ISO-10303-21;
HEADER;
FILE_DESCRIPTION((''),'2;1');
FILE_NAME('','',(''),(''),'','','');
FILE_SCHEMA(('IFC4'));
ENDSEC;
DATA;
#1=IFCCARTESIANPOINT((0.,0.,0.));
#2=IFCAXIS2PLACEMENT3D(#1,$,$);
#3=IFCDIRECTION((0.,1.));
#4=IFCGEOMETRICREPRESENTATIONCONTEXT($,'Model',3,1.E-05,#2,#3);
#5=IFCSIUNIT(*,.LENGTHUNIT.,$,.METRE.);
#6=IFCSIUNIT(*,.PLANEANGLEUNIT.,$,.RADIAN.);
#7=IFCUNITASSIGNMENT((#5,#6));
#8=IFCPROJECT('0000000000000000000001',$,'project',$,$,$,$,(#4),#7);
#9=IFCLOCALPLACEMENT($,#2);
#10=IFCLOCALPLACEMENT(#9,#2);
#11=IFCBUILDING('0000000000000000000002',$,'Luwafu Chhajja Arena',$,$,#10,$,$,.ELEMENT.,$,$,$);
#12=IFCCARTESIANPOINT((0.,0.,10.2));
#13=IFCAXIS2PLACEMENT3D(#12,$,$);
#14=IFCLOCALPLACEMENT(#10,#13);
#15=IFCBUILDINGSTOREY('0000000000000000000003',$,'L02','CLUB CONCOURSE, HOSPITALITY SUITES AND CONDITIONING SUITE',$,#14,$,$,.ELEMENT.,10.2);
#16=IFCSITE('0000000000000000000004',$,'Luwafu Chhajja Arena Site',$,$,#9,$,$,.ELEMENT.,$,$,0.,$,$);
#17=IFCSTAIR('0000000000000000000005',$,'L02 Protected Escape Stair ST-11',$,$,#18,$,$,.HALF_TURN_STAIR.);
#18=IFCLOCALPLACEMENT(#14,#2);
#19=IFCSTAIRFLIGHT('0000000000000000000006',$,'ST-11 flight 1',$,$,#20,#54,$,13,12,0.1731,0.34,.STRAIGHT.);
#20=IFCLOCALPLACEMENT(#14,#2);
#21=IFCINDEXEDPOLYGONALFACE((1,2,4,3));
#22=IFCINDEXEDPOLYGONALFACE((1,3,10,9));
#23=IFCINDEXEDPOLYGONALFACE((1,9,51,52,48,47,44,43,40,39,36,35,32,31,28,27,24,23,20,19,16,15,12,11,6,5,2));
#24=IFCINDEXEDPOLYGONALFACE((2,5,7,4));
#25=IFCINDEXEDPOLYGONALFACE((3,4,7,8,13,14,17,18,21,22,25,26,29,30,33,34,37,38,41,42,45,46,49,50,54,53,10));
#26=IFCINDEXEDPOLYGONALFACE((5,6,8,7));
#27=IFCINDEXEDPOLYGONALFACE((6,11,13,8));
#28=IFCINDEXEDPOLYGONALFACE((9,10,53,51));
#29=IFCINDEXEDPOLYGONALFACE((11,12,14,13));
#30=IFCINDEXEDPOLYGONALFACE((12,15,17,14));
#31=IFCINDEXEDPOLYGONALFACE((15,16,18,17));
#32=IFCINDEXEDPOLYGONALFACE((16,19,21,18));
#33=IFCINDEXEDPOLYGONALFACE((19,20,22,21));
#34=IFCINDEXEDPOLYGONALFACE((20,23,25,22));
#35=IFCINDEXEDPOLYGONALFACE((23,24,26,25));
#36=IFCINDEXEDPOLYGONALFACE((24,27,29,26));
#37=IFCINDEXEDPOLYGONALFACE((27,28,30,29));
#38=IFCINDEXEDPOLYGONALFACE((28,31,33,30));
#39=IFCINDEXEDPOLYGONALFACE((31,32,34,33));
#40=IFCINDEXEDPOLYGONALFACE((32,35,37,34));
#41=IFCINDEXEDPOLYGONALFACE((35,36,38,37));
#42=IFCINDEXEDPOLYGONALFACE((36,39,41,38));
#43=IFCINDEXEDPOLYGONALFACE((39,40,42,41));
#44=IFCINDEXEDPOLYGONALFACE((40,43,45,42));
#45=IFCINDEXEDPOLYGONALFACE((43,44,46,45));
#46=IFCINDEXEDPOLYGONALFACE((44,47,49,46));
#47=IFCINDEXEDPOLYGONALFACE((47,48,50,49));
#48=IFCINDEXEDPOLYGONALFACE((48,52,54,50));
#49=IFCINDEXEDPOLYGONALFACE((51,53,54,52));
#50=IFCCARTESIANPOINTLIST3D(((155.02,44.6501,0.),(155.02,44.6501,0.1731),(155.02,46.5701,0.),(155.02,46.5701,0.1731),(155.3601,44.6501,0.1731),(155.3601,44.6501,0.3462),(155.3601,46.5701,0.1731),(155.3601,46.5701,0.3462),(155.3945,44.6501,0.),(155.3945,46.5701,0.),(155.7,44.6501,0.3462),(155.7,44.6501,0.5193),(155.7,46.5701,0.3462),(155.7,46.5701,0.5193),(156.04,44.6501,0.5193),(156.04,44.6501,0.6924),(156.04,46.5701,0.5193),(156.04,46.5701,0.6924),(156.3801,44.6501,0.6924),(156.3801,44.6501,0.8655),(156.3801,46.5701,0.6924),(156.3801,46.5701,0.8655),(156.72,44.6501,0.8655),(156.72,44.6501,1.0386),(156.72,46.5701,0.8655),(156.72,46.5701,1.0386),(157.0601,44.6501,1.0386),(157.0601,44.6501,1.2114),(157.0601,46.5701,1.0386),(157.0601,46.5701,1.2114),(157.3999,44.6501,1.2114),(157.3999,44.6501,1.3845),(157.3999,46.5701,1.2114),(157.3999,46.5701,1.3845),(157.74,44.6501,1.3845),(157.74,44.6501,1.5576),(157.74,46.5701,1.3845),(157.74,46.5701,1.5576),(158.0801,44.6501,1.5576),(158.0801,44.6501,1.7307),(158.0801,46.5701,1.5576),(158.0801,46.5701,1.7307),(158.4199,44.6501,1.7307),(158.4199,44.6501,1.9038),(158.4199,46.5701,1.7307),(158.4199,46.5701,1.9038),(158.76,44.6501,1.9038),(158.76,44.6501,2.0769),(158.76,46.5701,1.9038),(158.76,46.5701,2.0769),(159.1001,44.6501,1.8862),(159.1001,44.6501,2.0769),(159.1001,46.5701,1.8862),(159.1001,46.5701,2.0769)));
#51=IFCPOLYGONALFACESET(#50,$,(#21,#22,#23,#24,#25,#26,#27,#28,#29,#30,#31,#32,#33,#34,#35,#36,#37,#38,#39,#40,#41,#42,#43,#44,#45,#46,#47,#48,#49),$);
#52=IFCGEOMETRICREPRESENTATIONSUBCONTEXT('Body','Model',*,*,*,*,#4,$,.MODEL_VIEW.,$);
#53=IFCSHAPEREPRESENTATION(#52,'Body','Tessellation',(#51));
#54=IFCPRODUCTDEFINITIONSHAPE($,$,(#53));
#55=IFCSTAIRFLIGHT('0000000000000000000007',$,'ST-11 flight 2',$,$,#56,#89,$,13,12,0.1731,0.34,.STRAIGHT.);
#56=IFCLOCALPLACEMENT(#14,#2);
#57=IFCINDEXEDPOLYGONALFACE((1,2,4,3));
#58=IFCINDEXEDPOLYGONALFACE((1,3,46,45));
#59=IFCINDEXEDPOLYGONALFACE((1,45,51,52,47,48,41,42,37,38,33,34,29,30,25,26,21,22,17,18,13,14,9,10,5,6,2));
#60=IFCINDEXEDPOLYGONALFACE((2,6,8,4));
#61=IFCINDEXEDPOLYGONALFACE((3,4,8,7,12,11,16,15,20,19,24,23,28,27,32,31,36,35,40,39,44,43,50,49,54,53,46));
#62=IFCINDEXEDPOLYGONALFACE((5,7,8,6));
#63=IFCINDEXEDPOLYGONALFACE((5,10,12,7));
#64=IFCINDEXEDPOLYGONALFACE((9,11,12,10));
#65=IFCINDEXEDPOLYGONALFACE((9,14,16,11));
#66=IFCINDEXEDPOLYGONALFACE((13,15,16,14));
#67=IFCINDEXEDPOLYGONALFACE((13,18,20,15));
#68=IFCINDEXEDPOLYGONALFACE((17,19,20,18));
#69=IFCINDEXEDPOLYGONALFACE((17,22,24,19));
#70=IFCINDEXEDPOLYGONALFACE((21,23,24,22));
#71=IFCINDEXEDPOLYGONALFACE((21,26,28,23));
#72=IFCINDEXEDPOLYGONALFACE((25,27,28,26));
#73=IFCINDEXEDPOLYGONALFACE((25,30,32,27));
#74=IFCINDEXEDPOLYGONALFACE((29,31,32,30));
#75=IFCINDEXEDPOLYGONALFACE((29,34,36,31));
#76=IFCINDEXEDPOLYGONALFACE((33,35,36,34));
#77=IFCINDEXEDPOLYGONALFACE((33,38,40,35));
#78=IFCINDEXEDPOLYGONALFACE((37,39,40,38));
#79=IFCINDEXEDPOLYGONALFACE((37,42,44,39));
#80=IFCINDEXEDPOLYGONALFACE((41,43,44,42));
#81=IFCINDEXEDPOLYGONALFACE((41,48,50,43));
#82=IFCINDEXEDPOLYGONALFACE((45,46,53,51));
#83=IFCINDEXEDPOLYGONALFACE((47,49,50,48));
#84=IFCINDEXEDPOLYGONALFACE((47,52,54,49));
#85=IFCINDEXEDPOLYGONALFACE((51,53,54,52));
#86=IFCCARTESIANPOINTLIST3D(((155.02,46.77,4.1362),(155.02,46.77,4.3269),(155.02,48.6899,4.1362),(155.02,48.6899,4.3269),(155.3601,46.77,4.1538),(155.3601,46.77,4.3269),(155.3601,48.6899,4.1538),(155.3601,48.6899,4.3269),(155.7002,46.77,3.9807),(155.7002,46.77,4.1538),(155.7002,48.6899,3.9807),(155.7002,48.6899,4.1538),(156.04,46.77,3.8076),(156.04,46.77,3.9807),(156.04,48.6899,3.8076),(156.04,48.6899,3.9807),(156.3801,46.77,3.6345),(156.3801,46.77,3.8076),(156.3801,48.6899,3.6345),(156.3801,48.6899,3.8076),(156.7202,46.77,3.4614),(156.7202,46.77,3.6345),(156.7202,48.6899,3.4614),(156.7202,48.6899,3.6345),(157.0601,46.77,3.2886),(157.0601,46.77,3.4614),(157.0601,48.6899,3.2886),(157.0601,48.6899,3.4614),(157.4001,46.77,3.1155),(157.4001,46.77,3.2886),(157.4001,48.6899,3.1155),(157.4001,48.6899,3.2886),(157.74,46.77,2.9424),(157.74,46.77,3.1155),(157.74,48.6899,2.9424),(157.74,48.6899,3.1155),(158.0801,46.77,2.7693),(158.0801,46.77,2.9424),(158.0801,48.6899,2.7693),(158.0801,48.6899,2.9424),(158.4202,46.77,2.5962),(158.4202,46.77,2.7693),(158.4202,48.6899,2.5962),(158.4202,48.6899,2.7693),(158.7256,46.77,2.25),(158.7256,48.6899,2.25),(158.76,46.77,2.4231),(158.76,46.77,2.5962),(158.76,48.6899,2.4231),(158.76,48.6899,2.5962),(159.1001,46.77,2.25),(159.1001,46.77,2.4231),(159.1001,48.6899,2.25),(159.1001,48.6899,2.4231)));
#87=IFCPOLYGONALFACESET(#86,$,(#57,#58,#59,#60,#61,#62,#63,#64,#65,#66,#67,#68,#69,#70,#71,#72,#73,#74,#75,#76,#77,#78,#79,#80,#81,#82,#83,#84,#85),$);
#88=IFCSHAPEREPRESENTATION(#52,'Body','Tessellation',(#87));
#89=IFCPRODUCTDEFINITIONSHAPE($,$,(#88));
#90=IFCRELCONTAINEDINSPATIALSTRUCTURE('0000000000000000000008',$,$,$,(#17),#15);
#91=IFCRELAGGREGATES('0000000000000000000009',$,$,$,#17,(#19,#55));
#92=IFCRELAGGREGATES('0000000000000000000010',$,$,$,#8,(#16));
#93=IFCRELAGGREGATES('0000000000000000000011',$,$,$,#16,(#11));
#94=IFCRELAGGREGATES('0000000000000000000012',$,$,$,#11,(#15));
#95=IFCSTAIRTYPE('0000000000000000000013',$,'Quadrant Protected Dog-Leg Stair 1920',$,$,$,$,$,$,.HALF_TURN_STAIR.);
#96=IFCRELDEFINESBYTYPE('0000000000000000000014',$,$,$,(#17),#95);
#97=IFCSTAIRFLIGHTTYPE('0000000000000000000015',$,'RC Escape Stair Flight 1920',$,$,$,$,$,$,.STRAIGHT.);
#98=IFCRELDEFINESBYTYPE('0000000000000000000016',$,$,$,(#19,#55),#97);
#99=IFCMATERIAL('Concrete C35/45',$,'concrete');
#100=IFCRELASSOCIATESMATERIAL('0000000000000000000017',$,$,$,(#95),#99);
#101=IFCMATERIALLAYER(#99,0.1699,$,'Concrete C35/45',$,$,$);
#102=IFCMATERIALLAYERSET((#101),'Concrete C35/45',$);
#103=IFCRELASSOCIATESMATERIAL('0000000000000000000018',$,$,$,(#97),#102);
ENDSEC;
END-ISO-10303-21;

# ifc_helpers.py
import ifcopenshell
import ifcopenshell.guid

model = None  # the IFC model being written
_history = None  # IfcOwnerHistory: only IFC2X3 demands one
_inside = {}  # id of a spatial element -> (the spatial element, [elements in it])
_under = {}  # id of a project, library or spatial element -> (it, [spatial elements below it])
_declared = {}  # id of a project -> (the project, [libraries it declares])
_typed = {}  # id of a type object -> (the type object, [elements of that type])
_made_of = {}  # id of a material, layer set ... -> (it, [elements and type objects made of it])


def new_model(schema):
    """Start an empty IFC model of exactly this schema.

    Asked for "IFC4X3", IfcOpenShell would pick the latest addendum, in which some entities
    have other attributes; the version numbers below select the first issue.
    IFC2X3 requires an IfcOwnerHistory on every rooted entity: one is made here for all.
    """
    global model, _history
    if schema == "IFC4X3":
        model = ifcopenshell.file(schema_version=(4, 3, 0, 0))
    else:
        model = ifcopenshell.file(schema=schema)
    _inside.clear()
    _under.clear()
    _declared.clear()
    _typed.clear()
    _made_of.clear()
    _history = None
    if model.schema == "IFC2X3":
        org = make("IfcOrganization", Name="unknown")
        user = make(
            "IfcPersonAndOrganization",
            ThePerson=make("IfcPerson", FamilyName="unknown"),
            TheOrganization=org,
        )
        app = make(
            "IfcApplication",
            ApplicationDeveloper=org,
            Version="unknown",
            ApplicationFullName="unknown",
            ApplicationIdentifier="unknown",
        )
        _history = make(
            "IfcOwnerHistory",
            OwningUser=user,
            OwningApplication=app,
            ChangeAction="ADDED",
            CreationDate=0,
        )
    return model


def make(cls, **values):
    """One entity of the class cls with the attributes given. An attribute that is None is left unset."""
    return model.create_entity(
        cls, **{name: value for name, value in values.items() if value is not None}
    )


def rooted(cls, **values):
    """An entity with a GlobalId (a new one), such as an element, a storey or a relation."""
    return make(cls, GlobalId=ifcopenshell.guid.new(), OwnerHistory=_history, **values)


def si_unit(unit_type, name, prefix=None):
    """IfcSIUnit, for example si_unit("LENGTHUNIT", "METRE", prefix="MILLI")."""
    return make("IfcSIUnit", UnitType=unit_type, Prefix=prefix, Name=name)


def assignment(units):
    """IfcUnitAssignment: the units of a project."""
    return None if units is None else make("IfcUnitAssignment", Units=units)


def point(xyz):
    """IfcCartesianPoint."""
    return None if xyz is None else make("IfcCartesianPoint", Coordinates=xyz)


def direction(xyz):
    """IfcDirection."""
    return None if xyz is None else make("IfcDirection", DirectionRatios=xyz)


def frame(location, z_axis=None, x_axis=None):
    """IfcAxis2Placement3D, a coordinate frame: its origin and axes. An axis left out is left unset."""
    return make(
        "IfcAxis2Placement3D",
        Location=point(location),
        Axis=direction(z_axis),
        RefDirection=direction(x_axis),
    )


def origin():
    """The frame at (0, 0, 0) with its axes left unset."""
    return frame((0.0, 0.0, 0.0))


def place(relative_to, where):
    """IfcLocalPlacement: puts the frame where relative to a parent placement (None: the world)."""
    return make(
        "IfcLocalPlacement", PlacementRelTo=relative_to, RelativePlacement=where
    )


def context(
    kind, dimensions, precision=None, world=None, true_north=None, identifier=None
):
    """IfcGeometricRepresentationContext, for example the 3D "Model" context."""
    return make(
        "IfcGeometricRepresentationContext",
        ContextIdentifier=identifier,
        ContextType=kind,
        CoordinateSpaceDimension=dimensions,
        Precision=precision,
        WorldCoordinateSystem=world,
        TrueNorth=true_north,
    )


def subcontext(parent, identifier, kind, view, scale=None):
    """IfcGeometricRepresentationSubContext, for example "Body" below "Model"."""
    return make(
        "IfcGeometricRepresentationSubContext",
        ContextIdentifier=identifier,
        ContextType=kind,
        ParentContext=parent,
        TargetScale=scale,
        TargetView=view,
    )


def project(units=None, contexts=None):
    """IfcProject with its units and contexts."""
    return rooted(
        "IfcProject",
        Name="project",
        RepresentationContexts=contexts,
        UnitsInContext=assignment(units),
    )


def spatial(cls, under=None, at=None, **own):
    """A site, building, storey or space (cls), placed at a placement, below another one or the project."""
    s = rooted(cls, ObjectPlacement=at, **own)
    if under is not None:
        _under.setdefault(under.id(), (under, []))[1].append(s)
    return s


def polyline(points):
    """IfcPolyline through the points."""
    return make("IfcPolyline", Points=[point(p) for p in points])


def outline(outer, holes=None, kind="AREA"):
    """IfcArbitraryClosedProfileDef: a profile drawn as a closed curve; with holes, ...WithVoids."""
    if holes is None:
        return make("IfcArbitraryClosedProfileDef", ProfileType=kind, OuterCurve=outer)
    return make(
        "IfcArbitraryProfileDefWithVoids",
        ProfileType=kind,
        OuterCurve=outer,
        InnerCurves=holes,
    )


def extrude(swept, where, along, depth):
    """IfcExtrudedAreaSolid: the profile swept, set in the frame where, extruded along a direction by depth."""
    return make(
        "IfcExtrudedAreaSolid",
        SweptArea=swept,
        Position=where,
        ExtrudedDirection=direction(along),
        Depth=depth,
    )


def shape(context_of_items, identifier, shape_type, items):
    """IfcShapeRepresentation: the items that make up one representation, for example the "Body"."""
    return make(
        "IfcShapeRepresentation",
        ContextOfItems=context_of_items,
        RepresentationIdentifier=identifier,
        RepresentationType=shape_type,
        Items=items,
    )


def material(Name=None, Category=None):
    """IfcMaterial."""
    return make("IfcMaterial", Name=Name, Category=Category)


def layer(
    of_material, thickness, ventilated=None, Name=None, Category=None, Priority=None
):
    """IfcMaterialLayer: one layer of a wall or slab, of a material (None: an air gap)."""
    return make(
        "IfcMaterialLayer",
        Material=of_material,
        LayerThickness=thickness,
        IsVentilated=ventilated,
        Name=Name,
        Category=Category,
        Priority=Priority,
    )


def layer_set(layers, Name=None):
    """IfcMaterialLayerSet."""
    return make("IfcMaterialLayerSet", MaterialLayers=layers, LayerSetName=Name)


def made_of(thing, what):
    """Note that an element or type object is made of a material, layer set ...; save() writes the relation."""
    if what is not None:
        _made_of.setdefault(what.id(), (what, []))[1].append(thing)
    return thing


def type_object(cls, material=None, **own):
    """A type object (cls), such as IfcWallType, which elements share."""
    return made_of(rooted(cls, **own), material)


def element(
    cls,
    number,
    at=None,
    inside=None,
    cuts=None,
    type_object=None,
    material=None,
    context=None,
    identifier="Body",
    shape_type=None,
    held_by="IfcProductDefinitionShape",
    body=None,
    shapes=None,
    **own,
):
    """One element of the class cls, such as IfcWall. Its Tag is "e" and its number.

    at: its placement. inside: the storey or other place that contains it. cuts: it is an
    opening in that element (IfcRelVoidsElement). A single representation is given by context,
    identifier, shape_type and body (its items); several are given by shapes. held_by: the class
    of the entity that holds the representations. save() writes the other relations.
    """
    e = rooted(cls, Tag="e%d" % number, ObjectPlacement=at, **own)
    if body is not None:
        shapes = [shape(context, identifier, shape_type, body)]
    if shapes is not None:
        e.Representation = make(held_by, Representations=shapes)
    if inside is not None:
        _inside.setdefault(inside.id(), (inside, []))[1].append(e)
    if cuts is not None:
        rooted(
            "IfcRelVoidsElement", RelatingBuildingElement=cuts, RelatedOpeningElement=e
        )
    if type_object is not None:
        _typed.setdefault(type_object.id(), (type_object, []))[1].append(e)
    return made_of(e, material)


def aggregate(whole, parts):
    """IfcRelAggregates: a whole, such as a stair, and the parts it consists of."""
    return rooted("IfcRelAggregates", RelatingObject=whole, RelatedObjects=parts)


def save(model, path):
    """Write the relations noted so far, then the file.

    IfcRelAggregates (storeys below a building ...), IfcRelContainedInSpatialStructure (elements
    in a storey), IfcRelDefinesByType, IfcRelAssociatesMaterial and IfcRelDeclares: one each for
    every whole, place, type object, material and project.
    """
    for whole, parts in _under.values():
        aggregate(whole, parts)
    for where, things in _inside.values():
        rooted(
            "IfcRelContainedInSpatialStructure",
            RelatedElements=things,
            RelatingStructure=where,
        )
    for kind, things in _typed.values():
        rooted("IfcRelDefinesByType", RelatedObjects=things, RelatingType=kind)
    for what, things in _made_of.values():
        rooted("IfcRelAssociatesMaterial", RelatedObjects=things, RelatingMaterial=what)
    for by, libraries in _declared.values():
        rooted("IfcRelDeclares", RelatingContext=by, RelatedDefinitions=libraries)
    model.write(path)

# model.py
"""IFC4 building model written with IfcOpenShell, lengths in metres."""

from ifc_helpers import new_model, si_unit, direction, frame, origin, place, context, subcontext, project, spatial, polyline, outline, extrude, material, layer, layer_set, type_object, element, aggregate, save


model = new_model("IFC4")

# Units and contexts
model_context = context("Model", 3, precision=1e-05, world=origin(), true_north=direction((0.0, 1.0)))
body_context = subcontext(model_context, "Body", "Model", "MODEL_VIEW")
ifc_project = project(units=[si_unit("LENGTHUNIT", "METRE"), si_unit("PLANEANGLEUNIT", "RADIAN")], contexts=[model_context])

# Site, building, storey
site_placement = place(None, origin())
site = spatial("IfcSite", under=ifc_project, at=site_placement, Name="Luwafu Chhajja Arena Site", CompositionType="ELEMENT", RefElevation=0.0)
building_placement = place(site_placement, origin())
building = spatial("IfcBuilding", under=site, at=building_placement, Name="Luwafu Chhajja Arena", CompositionType="ELEMENT")
storey_placement = place(building_placement, frame((0.0, 0.0, 10.2)))
storey = spatial("IfcBuildingStorey", under=building, at=storey_placement, Name="L02", Description="CLUB CONCOURSE, HOSPITALITY SUITES AND CONDITIONING SUITE", CompositionType="ELEMENT", Elevation=10.2)

# Shared definitions
ifc_material_1 = material(Name="Concrete C35/45", Category="concrete")

# Stair, stair flights
stair_type = type_object("IfcStairType", Name="Quadrant Protected Dog-Leg Stair 1920", PredefinedType="HALF_TURN_STAIR", material=ifc_material_1)
stair_placement = place(storey_placement, origin())
stair = element("IfcStair", 1, at=stair_placement, inside=storey, type_object=stair_type, Name="L02 Protected Escape Stair ST-11", PredefinedType="HALF_TURN_STAIR")
ifc_layer_1 = layer(ifc_material_1, 0.1699, Name="Concrete C35/45")
ifc_layer_set_1 = layer_set([ifc_layer_1], Name="Concrete C35/45")
stair_flight_type = type_object("IfcStairFlightType", Name="RC Escape Stair Flight 1920", PredefinedType="STRAIGHT", material=ifc_layer_set_1)
stair_flight_1_placement = place(storey_placement, frame((155.02, 45.6101, 0.0), z_axis=(0.0, 0.0, 1.0), x_axis=(1.0, 0.0, 0.0)))
stair_flight_1 = element("IfcStairFlight", 2, at=stair_flight_1_placement, type_object=stair_flight_type, Name="ST-11 flight 1", NumberOfRisers=13, NumberOfTreads=12, PredefinedType="STRAIGHT", RiserHeight=0.1731, TreadLength=0.34, context=body_context, shape_type="SweptSolid", body=[
    extrude(outline(polyline([(0.0, 0.0), (0.0, 0.1731), (0.3401, 0.1731), (0.3401, 0.3462), (0.6799, 0.3462), (0.6799, 0.5193), (1.02, 0.5193), (1.02, 0.6924), (1.3601, 0.6924), (1.3601, 0.8655), (1.7, 0.8655), (1.7, 1.0386), (2.04, 1.0386), (2.04, 1.2114), (2.3799, 1.2114), (2.3799, 1.3845), (2.72, 1.3845), (2.72, 1.5576), (3.0601, 1.5576), (3.0601, 1.7307), (3.3999, 1.7307), (3.3999, 1.9038), (3.74, 1.9038), (3.74, 2.0769), (4.0801, 2.0769), (4.0801, 2.25), (4.0801, 1.8862), (0.3745, 0.0), (0.0, 0.0)])), frame((0.0, 0.96, 0.0), z_axis=(0.0, -1.0, 0.0), x_axis=(1.0, 0.0, 0.0)), (0.0, 0.0, 1.0), 1.9199),
])
stair_flight_2_placement = place(storey_placement, frame((159.1001, 47.73, 2.25), z_axis=(0.0, 0.0, 1.0), x_axis=(-1.0, 0.0, 0.0)))
stair_flight_2 = element("IfcStairFlight", 3, at=stair_flight_2_placement, type_object=stair_flight_type, Name="ST-11 flight 2", NumberOfRisers=13, NumberOfTreads=12, PredefinedType="STRAIGHT", RiserHeight=0.1731, TreadLength=0.34, context=body_context, shape_type="SweptSolid", body=[
    extrude(outline(polyline([(0.0, 0.0), (0.0, 0.1731), (0.3401, 0.1731), (0.3401, 0.3462), (0.6799, 0.3462), (0.6799, 0.5193), (1.02, 0.5193), (1.02, 0.6924), (1.3601, 0.6924), (1.3601, 0.8655), (1.7, 0.8655), (1.7, 1.0386), (2.04, 1.0386), (2.04, 1.2114), (2.3799, 1.2114), (2.3799, 1.3845), (2.72, 1.3845), (2.72, 1.5576), (3.0601, 1.5576), (3.0601, 1.7307), (3.3999, 1.7307), (3.3999, 1.9038), (3.74, 1.9038), (3.74, 2.0769), (4.0801, 2.0769), (4.0801, 2.25), (4.0801, 1.8862), (0.3745, 0.0), (0.0, 0.0)])), frame((0.0, 0.96, 0.0), z_axis=(0.0, -1.0, 0.0), x_axis=(1.0, 0.0, 0.0)), (0.0, 0.0, 1.0), 1.9199),
])
aggregate(stair, [stair_flight_1, stair_flight_2])

save(model, "model.ifc")
